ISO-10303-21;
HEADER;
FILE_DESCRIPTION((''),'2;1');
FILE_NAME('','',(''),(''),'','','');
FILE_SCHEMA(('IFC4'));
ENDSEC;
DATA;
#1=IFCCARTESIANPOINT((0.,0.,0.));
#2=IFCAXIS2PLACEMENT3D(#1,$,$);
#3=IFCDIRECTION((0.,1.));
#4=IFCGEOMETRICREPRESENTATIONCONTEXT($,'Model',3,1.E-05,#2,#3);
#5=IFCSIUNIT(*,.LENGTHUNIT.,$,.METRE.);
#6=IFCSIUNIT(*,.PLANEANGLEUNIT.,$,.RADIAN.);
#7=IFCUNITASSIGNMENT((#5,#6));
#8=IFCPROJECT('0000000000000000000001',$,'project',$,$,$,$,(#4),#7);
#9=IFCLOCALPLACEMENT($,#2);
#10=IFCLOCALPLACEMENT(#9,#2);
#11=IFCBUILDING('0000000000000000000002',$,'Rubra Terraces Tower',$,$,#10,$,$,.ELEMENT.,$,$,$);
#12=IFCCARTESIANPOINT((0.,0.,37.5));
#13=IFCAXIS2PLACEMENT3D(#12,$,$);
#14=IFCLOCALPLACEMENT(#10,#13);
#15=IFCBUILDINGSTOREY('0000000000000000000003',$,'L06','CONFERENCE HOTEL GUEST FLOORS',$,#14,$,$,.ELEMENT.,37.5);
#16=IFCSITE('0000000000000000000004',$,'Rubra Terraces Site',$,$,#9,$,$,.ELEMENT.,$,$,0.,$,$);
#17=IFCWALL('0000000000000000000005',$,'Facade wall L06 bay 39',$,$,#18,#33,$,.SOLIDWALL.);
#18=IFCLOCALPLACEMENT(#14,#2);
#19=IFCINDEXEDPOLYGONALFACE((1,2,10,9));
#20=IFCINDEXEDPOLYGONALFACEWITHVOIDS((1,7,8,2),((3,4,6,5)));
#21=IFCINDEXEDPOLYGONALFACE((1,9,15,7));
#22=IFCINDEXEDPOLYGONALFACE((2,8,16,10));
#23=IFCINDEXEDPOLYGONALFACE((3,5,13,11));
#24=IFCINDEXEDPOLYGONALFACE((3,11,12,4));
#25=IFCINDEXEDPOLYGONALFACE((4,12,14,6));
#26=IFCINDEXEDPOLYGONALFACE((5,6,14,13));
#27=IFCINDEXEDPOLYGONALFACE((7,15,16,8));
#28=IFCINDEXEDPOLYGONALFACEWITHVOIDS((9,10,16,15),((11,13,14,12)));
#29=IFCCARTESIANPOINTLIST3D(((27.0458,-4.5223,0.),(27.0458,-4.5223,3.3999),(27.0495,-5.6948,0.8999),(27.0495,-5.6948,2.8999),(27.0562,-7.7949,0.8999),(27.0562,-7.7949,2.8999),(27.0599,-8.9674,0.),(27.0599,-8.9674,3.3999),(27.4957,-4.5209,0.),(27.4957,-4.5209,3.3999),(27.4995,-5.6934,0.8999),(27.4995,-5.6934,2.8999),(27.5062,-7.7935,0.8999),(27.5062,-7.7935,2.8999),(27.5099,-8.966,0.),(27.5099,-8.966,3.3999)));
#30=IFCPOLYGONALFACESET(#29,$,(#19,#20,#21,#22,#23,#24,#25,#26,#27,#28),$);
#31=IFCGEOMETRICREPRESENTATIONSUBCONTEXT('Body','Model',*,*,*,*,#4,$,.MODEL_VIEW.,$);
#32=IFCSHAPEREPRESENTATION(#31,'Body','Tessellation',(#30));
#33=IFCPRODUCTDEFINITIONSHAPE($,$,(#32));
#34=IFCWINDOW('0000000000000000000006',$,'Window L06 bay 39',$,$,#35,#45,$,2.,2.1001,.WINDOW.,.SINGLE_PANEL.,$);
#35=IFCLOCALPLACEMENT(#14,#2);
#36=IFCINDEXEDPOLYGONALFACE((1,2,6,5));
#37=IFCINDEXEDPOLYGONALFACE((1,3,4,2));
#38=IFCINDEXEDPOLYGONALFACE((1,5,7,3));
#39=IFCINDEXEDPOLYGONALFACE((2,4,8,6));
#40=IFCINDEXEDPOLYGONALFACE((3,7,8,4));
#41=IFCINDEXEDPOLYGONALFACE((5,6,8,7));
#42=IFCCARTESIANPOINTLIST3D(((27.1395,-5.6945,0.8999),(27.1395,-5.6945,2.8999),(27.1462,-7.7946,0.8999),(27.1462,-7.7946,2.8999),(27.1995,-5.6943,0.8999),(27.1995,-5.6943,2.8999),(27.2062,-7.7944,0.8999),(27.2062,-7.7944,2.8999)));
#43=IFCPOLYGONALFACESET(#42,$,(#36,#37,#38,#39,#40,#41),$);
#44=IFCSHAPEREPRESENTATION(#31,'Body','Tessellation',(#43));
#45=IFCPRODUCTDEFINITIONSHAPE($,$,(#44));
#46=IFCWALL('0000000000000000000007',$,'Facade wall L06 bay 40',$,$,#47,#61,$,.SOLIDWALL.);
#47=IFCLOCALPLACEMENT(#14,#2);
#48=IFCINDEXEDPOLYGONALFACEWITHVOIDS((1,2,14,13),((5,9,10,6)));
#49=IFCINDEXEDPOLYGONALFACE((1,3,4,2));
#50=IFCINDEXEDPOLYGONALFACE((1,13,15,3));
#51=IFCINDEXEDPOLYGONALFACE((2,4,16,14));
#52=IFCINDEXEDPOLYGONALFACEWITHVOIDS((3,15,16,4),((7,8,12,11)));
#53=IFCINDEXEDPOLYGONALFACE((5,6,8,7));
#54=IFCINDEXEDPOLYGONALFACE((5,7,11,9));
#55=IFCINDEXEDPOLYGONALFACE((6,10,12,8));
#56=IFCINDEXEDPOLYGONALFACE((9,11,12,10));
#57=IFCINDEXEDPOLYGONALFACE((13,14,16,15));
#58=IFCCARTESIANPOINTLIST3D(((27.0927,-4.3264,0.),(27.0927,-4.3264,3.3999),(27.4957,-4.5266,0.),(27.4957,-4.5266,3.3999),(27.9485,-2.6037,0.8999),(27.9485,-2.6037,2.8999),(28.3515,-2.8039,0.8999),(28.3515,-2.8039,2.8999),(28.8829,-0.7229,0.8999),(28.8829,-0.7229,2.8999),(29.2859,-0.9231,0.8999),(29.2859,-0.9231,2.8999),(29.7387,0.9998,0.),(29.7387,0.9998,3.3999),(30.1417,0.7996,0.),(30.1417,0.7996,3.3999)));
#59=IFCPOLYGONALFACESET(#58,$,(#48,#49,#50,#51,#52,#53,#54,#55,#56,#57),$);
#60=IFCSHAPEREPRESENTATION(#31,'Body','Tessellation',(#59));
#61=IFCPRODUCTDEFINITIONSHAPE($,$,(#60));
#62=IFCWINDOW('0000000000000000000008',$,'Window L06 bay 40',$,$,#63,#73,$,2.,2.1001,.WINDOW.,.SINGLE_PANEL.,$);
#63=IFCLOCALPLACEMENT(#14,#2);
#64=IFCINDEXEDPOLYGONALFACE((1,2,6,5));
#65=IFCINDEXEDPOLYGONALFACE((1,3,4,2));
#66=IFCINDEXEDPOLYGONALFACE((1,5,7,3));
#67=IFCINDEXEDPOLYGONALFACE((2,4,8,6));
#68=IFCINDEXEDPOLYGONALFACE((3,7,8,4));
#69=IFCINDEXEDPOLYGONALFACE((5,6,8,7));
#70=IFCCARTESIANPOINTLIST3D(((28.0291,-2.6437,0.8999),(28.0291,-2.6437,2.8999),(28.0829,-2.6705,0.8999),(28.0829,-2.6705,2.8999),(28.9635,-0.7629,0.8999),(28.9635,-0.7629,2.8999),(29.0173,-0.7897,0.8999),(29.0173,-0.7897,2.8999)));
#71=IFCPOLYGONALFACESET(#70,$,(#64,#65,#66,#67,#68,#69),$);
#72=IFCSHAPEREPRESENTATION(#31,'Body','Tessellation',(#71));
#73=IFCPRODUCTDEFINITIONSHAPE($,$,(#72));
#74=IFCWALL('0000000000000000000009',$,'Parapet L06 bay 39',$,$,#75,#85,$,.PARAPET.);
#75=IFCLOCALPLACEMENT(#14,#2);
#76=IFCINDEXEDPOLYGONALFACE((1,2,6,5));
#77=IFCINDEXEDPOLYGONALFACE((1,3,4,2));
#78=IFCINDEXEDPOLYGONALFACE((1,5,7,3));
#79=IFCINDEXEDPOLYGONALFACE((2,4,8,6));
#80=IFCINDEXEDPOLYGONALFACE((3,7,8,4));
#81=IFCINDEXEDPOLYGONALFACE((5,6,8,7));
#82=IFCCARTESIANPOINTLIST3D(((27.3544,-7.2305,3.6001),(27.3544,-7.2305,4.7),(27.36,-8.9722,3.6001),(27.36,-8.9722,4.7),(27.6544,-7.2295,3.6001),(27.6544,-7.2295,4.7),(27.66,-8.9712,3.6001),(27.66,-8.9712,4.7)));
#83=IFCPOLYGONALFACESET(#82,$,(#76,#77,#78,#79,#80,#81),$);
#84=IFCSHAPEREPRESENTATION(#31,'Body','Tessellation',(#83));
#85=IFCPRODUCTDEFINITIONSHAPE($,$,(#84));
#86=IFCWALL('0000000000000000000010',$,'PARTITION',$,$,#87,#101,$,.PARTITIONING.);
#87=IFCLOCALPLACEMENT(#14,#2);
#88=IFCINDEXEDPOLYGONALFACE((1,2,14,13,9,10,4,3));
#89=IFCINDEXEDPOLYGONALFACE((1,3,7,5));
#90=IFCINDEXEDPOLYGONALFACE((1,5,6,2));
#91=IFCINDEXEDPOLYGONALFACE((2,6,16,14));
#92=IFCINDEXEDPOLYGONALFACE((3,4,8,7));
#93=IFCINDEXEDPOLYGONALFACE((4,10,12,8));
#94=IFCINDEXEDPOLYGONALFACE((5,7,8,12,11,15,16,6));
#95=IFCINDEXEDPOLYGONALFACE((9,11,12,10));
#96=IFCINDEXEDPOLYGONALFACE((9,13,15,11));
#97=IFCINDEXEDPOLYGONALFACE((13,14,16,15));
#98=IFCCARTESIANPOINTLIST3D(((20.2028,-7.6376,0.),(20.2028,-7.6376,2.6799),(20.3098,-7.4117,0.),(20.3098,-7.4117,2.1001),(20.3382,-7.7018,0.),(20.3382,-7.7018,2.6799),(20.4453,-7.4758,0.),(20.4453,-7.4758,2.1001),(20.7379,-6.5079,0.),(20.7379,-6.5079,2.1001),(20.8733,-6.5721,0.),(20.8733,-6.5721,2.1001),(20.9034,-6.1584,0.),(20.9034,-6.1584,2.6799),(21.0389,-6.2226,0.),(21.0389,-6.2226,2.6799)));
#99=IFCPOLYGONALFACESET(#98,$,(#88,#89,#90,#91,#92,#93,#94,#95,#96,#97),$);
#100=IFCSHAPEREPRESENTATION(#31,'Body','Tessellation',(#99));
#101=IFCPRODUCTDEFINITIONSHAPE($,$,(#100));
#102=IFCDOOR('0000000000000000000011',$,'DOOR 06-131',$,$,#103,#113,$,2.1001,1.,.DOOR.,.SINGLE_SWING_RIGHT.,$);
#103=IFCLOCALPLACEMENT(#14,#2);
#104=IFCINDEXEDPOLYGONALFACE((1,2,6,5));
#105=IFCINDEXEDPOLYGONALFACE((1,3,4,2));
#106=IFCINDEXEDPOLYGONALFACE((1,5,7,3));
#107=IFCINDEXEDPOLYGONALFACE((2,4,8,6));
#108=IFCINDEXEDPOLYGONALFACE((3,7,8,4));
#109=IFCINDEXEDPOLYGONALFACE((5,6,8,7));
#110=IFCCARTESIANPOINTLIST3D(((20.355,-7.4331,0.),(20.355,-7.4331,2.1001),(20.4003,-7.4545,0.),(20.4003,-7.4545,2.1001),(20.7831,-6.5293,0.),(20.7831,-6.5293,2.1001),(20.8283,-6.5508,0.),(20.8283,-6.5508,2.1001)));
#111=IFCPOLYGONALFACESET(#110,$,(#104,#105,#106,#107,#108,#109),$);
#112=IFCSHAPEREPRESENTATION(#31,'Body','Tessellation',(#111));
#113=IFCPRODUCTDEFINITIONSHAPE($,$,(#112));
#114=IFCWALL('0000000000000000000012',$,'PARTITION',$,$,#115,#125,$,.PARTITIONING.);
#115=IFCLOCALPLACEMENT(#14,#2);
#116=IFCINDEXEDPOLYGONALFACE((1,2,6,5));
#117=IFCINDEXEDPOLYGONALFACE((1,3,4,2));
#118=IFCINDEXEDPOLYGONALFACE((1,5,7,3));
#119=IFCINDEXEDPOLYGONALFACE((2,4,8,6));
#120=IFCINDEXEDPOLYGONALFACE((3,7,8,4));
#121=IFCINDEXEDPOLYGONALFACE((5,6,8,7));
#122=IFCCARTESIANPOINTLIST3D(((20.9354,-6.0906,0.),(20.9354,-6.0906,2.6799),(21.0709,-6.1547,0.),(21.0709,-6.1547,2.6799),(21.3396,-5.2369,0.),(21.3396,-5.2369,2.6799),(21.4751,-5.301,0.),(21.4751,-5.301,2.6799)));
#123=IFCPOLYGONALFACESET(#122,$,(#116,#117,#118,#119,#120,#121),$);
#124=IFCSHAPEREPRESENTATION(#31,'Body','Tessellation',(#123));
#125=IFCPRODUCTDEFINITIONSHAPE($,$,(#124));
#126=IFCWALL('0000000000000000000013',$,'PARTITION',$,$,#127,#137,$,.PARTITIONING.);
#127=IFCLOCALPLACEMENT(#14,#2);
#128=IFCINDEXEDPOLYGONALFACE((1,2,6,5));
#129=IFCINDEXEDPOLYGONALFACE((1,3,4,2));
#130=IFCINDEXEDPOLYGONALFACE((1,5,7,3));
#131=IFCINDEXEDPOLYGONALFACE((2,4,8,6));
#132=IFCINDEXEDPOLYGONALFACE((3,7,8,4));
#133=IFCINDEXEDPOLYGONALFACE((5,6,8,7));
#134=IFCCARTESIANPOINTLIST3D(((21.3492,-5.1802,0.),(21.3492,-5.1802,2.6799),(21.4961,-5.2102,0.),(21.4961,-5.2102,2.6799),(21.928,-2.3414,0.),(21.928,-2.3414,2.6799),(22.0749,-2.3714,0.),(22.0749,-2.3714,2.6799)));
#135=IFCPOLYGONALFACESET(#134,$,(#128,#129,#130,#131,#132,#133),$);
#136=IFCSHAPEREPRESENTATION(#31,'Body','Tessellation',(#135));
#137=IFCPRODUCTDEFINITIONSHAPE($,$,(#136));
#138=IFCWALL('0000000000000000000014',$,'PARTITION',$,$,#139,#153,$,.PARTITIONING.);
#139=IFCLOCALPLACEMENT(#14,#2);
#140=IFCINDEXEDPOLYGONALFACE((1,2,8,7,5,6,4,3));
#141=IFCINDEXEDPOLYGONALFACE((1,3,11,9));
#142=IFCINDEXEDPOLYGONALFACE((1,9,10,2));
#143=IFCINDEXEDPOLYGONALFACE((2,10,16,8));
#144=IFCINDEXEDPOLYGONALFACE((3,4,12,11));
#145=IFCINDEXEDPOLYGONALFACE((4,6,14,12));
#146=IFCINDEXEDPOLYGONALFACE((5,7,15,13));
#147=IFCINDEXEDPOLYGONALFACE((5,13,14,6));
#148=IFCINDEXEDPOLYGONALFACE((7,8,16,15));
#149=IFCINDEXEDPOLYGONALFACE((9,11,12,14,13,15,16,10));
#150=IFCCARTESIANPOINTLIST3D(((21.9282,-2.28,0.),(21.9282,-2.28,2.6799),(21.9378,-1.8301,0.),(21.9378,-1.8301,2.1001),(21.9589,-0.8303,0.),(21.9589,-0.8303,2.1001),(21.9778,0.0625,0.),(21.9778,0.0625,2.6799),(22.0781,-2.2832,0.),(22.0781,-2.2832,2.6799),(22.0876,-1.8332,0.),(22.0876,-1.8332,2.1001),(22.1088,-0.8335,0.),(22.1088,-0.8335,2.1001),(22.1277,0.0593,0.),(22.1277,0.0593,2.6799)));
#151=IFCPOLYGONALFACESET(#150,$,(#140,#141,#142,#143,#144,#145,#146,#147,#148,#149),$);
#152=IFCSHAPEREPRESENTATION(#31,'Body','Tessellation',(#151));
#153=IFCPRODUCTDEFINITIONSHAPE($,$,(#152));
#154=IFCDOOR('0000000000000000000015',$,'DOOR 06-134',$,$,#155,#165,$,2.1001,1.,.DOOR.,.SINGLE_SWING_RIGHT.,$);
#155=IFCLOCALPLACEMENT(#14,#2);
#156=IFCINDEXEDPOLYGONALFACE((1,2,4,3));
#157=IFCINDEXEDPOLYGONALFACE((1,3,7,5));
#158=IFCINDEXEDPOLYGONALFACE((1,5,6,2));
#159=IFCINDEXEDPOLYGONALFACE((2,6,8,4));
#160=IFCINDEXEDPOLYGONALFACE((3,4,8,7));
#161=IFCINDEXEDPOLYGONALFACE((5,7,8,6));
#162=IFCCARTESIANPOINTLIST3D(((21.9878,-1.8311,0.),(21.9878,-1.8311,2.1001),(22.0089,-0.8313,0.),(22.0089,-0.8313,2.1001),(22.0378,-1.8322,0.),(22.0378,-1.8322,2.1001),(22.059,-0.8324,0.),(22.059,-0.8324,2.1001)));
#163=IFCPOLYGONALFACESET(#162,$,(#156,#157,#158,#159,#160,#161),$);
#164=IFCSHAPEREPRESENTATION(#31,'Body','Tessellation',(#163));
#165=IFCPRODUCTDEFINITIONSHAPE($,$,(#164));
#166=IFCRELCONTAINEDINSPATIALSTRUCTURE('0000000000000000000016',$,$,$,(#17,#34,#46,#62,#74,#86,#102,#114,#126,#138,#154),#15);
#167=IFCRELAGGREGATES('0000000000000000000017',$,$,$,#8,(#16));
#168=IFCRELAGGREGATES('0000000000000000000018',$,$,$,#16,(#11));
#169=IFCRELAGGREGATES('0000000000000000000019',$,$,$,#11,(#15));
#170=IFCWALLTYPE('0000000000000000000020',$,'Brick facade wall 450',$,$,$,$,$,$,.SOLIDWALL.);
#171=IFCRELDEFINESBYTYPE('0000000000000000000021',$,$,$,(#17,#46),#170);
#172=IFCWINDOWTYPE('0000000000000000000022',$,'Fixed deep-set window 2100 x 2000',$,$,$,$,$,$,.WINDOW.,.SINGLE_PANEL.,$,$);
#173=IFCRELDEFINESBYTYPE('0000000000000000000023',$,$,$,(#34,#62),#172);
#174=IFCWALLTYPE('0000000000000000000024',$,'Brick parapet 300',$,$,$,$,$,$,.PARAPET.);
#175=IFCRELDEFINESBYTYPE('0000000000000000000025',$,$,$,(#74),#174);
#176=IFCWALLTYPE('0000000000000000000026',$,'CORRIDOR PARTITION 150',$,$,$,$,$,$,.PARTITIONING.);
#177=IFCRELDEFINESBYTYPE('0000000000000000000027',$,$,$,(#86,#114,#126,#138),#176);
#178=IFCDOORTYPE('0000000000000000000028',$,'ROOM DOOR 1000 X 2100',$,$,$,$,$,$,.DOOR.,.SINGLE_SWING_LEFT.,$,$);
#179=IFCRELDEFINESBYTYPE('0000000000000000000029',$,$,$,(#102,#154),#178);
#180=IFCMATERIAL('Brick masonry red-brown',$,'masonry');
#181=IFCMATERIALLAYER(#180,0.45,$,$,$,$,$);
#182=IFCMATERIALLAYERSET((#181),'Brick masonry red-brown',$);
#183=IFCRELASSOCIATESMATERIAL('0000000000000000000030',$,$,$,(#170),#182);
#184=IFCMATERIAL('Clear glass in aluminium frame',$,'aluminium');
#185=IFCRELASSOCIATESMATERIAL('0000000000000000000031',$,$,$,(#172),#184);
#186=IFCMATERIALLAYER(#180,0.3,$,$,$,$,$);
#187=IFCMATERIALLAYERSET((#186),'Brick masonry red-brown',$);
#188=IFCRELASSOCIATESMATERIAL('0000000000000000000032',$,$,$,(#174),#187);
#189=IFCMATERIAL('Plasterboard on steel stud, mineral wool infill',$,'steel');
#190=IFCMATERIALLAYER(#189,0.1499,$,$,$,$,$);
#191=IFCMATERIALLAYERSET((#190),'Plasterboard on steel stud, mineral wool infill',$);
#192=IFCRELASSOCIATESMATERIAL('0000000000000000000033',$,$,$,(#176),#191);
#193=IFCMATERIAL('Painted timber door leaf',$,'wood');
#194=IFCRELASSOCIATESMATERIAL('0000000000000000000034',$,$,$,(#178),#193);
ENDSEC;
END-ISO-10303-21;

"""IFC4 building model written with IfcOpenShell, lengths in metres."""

from ifc_helpers import new_model, si_unit, direction, frame, frame_2d, origin, place, context, subcontext, project, spatial, rectangle, extrude, material, layer, layer_set, type_object, element, fill, save


model = new_model("IFC4")

# Units and contexts
model_context = context("Model", 3, precision=1e-05, world=origin(), true_north=direction((0.0, 1.0)))
body_context = subcontext(model_context, "Body", "Model", "MODEL_VIEW")
ifc_project = project(units=[si_unit("LENGTHUNIT", "METRE"), si_unit("PLANEANGLEUNIT", "RADIAN")], contexts=[model_context])

# Site, building, storey
site_placement = place(None, origin())
site = spatial("IfcSite", under=ifc_project, at=site_placement, Name="Rubra Terraces Site", CompositionType="ELEMENT", RefElevation=0.0)
building_placement = place(site_placement, origin())
building = spatial("IfcBuilding", under=site, at=building_placement, Name="Rubra Terraces Tower", CompositionType="ELEMENT")
storey_placement = place(building_placement, frame((0.0, 0.0, 37.5)))
storey = spatial("IfcBuildingStorey", under=building, at=storey_placement, Name="L06", Description="CONFERENCE HOTEL GUEST FLOORS", CompositionType="ELEMENT", Elevation=37.5)

# Walls, openings, windows
ifc_material_1 = material(Name="Brick masonry red-brown", Category="masonry")
ifc_layer_1 = layer(ifc_material_1, 0.45)
ifc_layer_set_1 = layer_set([ifc_layer_1], Name="Brick masonry red-brown")
wall_type_1 = type_object("IfcWallType", Name="Brick facade wall 450", PredefinedType="SOLIDWALL", material=ifc_layer_set_1)
wall_1_placement = place(storey_placement, frame((27.2849, -8.9668, 0.0), z_axis=(0.0, 0.0, 1.0), x_axis=(-0.003186, 0.999995, 0.0)))
wall_1 = element("IfcWall", 1, at=wall_1_placement, inside=storey, type_object=wall_type_1, Name="Facade wall L06 bay 39", PredefinedType="SOLIDWALL", context=body_context, shape_type="SweptSolid", body=[
    extrude(rectangle(XDim=4.4451, YDim=0.45, at=frame_2d((2.2227, 0.0))), origin(), (0.0, 0.0, 1.0), 3.3999),
])
opening_1_placement = place(wall_1_placement, frame((1.1726, 0.0, 0.8999)))
opening_1 = element("IfcOpeningElement", 2, at=opening_1_placement, cuts=wall_1, PredefinedType="OPENING", context=body_context, shape_type="SweptSolid", body=[
    extrude(rectangle(XDim=2.1001, YDim=2.0, at=frame_2d((1.05, 1.0))), frame((0.0, 0.2349, 0.0), z_axis=(0.0, -1.0, 0.0), x_axis=(1.0, 0.0, 0.0)), (0.0, 0.0, 1.0), 0.47),
])
ifc_material_2 = material(Name="Clear glass in aluminium frame", Category="aluminium")
window_type = type_object("IfcWindowType", Name="Fixed deep-set window 2100 x 2000", PartitioningType="SINGLE_PANEL", PredefinedType="WINDOW", material=ifc_material_2)
window_1_placement = place(opening_1_placement, origin())
window_1 = element("IfcWindow", 3, at=window_1_placement, inside=storey, type_object=window_type, Name="Window L06 bay 39", OverallHeight=2.0, OverallWidth=2.1001, PartitioningType="SINGLE_PANEL", PredefinedType="WINDOW", context=body_context, shape_type="SweptSolid", body=[
    extrude(rectangle(XDim=2.1001, YDim=2.0, at=frame_2d((1.05, 1.0))), frame((0.0, 0.135, 0.0), z_axis=(0.0, -1.0, 0.0), x_axis=(1.0, 0.0, 0.0)), (0.0, 0.0, 1.0), 0.0601),
])
fill(opening_1, window_1)
wall_2_placement = place(storey_placement, frame((27.2942, -4.4265, 0.0), z_axis=(0.0, 0.0, 1.0), x_axis=(0.444913, 0.895574, 0.0)))
wall_2 = element("IfcWall", 4, at=wall_2_placement, inside=storey, type_object=wall_type_1, Name="Facade wall L06 bay 40", PredefinedType="SOLIDWALL", context=body_context, shape_type="SweptSolid", body=[
    extrude(rectangle(XDim=5.9473, YDim=0.45, at=frame_2d((2.9736, 0.0))), origin(), (0.0, 0.0, 1.0), 3.3999),
])
opening_2_placement = place(wall_2_placement, frame((1.9236, 0.0, 0.8999)))
opening_2 = element("IfcOpeningElement", 5, at=opening_2_placement, cuts=wall_2, PredefinedType="OPENING", context=body_context, shape_type="SweptSolid", body=[
    extrude(rectangle(XDim=2.1001, YDim=2.0, at=frame_2d((1.05, 1.0))), frame((0.0, 0.2349, 0.0), z_axis=(0.0, -1.0, 0.0), x_axis=(1.0, 0.0, 0.0)), (0.0, 0.0, 1.0), 0.47),
])
window_2_placement = place(opening_2_placement, origin())
window_2 = element("IfcWindow", 6, at=window_2_placement, inside=storey, type_object=window_type, Name="Window L06 bay 40", OverallHeight=2.0, OverallWidth=2.1001, PartitioningType="SINGLE_PANEL", PredefinedType="WINDOW", context=body_context, shape_type="SweptSolid", body=[
    extrude(rectangle(XDim=2.1001, YDim=2.0, at=frame_2d((1.05, 1.0))), frame((0.0, 0.135, 0.0), z_axis=(0.0, -1.0, 0.0), x_axis=(1.0, 0.0, 0.0)), (0.0, 0.0, 1.0), 0.0601),
])
fill(opening_2, window_2)

# Wall
ifc_layer_2 = layer(ifc_material_1, 0.3)
ifc_layer_set_2 = layer_set([ifc_layer_2], Name="Brick masonry red-brown")
wall_type_2 = type_object("IfcWallType", Name="Brick parapet 300", PredefinedType="PARAPET", material=ifc_layer_set_2)
wall_3_placement = place(storey_placement, frame((27.51, -8.9717, 3.6001), z_axis=(0.0, 0.0, 1.0), x_axis=(-0.003224, 0.999995, 0.0)))
element("IfcWall", 7, at=wall_3_placement, inside=storey, type_object=wall_type_2, Name="Parapet L06 bay 39", PredefinedType="PARAPET", context=body_context, shape_type="SweptSolid", body=[
    extrude(rectangle(XDim=1.7417, YDim=0.3, at=frame_2d((0.8708, 0.0))), origin(), (0.0, 0.0, 1.0), 1.0999),
])

# Wall, opening, door
ifc_material_3 = material(Name="Plasterboard on steel stud, mineral wool infill", Category="steel")
ifc_layer_3 = layer(ifc_material_3, 0.1499)
ifc_layer_set_3 = layer_set([ifc_layer_3], Name="Plasterboard on steel stud, mineral wool infill")
wall_type_3 = type_object("IfcWallType", Name="CORRIDOR PARTITION 150", PredefinedType="PARTITIONING", material=ifc_layer_set_3)
wall_4_placement = place(storey_placement, frame((20.2705, -7.6697, 0.0), z_axis=(0.0, 0.0, 1.0), x_axis=(0.42808, 0.903741, 0.0)))
wall_4 = element("IfcWall", 8, at=wall_4_placement, inside=storey, type_object=wall_type_3, Name="PARTITION", PredefinedType="PARTITIONING", context=body_context, shape_type="SweptSolid", body=[
    extrude(rectangle(XDim=1.6367, YDim=0.1499, at=frame_2d((0.8184, 0.0))), origin(), (0.0, 0.0, 1.0), 2.6799),
])
opening_3_placement = place(wall_4_placement, frame((0.25, 0.0, 0.0)))
opening_3 = element("IfcOpeningElement", 9, at=opening_3_placement, cuts=wall_4, PredefinedType="OPENING", context=body_context, shape_type="SweptSolid", body=[
    extrude(rectangle(XDim=1.0, YDim=2.1001, at=frame_2d((0.5, 1.05))), frame((0.0, 0.085, 0.0), z_axis=(0.0, -1.0, 0.0), x_axis=(1.0, 0.0, 0.0)), (0.0, 0.0, 1.0), 0.1699),
])
ifc_material_4 = material(Name="Painted timber door leaf", Category="wood")
door_type_1 = type_object("IfcDoorType", Name="ROOM DOOR 1000 X 2100", OperationType="SINGLE_SWING_LEFT", PredefinedType="DOOR", material=ifc_material_4)
door_1_placement = place(opening_3_placement, origin())
door_1 = element("IfcDoor", 10, at=door_1_placement, inside=storey, type_object=door_type_1, Name="DOOR 06-131", OperationType="SINGLE_SWING_RIGHT", OverallHeight=2.1001, OverallWidth=1.0, PredefinedType="DOOR", context=body_context, shape_type="SweptSolid", body=[
    extrude(rectangle(XDim=1.0, YDim=2.1001, at=frame_2d((0.5, 1.05))), frame((0.0, 0.0249, 0.0), z_axis=(0.0, -1.0, 0.0), x_axis=(1.0, 0.0, 0.0)), (0.0, 0.0, 1.0), 0.05),
])
fill(opening_3, door_1)

# Walls
wall_5_placement = place(storey_placement, frame((21.0032, -6.1226, 0.0), z_axis=(0.0, 0.0, 1.0), x_axis=(0.427986, 0.903785, 0.0)))
element("IfcWall", 11, at=wall_5_placement, inside=storey, type_object=wall_type_3, Name="PARTITION", PredefinedType="PARTITIONING", context=body_context, shape_type="SweptSolid", body=[
    extrude(rectangle(XDim=0.9446, YDim=0.1499, at=frame_2d((0.4722, 0.0))), origin(), (0.0, 0.0, 1.0), 2.6799),
])
wall_6_placement = place(storey_placement, frame((21.4226, -5.1953, 0.0), z_axis=(0.0, 0.0, 1.0), x_axis=(0.199793, 0.979838, 0.0)))
element("IfcWall", 12, at=wall_6_placement, inside=storey, type_object=wall_type_3, Name="PARTITION", PredefinedType="PARTITIONING", context=body_context, shape_type="SweptSolid", body=[
    extrude(rectangle(XDim=2.8972, YDim=0.1499, at=frame_2d((1.4487, 0.0))), origin(), (0.0, 0.0, 1.0), 2.6799),
])

# Wall, opening, door
wall_7_placement = place(storey_placement, frame((22.0032, -2.2815, 0.0), z_axis=(0.0, 0.0, 1.0), x_axis=(0.021152, 0.999776, 0.0)))
wall_7 = element("IfcWall", 13, at=wall_7_placement, inside=storey, type_object=wall_type_3, Name="PARTITION", PredefinedType="PARTITIONING", context=body_context, shape_type="SweptSolid", body=[
    extrude(rectangle(XDim=2.343, YDim=0.1499, at=frame_2d((1.1714, 0.0))), origin(), (0.0, 0.0, 1.0), 2.6799),
])
opening_4_placement = place(wall_7_placement, frame((0.45, 0.0, 0.0)))
opening_4 = element("IfcOpeningElement", 14, at=opening_4_placement, cuts=wall_7, PredefinedType="OPENING", context=body_context, shape_type="SweptSolid", body=[
    extrude(rectangle(XDim=1.0, YDim=2.1001, at=frame_2d((0.5, 1.05))), frame((0.0, 0.085, 0.0), z_axis=(0.0, -1.0, 0.0), x_axis=(1.0, 0.0, 0.0)), (0.0, 0.0, 1.0), 0.1699),
])
door_2_placement = place(opening_4_placement, origin())
door_2 = element("IfcDoor", 15, at=door_2_placement, inside=storey, type_object=door_type_1, Name="DOOR 06-134", OperationType="SINGLE_SWING_RIGHT", OverallHeight=2.1001, OverallWidth=1.0, PredefinedType="DOOR", context=body_context, shape_type="SweptSolid", body=[
    extrude(rectangle(XDim=1.0, YDim=2.1001, at=frame_2d((0.5, 1.05))), frame((0.0, 0.0249, 0.0), z_axis=(0.0, -1.0, 0.0), x_axis=(1.0, 0.0, 0.0)), (0.0, 0.0, 1.0), 0.05),
])
fill(opening_4, door_2)

save(model, "model.ifc")
